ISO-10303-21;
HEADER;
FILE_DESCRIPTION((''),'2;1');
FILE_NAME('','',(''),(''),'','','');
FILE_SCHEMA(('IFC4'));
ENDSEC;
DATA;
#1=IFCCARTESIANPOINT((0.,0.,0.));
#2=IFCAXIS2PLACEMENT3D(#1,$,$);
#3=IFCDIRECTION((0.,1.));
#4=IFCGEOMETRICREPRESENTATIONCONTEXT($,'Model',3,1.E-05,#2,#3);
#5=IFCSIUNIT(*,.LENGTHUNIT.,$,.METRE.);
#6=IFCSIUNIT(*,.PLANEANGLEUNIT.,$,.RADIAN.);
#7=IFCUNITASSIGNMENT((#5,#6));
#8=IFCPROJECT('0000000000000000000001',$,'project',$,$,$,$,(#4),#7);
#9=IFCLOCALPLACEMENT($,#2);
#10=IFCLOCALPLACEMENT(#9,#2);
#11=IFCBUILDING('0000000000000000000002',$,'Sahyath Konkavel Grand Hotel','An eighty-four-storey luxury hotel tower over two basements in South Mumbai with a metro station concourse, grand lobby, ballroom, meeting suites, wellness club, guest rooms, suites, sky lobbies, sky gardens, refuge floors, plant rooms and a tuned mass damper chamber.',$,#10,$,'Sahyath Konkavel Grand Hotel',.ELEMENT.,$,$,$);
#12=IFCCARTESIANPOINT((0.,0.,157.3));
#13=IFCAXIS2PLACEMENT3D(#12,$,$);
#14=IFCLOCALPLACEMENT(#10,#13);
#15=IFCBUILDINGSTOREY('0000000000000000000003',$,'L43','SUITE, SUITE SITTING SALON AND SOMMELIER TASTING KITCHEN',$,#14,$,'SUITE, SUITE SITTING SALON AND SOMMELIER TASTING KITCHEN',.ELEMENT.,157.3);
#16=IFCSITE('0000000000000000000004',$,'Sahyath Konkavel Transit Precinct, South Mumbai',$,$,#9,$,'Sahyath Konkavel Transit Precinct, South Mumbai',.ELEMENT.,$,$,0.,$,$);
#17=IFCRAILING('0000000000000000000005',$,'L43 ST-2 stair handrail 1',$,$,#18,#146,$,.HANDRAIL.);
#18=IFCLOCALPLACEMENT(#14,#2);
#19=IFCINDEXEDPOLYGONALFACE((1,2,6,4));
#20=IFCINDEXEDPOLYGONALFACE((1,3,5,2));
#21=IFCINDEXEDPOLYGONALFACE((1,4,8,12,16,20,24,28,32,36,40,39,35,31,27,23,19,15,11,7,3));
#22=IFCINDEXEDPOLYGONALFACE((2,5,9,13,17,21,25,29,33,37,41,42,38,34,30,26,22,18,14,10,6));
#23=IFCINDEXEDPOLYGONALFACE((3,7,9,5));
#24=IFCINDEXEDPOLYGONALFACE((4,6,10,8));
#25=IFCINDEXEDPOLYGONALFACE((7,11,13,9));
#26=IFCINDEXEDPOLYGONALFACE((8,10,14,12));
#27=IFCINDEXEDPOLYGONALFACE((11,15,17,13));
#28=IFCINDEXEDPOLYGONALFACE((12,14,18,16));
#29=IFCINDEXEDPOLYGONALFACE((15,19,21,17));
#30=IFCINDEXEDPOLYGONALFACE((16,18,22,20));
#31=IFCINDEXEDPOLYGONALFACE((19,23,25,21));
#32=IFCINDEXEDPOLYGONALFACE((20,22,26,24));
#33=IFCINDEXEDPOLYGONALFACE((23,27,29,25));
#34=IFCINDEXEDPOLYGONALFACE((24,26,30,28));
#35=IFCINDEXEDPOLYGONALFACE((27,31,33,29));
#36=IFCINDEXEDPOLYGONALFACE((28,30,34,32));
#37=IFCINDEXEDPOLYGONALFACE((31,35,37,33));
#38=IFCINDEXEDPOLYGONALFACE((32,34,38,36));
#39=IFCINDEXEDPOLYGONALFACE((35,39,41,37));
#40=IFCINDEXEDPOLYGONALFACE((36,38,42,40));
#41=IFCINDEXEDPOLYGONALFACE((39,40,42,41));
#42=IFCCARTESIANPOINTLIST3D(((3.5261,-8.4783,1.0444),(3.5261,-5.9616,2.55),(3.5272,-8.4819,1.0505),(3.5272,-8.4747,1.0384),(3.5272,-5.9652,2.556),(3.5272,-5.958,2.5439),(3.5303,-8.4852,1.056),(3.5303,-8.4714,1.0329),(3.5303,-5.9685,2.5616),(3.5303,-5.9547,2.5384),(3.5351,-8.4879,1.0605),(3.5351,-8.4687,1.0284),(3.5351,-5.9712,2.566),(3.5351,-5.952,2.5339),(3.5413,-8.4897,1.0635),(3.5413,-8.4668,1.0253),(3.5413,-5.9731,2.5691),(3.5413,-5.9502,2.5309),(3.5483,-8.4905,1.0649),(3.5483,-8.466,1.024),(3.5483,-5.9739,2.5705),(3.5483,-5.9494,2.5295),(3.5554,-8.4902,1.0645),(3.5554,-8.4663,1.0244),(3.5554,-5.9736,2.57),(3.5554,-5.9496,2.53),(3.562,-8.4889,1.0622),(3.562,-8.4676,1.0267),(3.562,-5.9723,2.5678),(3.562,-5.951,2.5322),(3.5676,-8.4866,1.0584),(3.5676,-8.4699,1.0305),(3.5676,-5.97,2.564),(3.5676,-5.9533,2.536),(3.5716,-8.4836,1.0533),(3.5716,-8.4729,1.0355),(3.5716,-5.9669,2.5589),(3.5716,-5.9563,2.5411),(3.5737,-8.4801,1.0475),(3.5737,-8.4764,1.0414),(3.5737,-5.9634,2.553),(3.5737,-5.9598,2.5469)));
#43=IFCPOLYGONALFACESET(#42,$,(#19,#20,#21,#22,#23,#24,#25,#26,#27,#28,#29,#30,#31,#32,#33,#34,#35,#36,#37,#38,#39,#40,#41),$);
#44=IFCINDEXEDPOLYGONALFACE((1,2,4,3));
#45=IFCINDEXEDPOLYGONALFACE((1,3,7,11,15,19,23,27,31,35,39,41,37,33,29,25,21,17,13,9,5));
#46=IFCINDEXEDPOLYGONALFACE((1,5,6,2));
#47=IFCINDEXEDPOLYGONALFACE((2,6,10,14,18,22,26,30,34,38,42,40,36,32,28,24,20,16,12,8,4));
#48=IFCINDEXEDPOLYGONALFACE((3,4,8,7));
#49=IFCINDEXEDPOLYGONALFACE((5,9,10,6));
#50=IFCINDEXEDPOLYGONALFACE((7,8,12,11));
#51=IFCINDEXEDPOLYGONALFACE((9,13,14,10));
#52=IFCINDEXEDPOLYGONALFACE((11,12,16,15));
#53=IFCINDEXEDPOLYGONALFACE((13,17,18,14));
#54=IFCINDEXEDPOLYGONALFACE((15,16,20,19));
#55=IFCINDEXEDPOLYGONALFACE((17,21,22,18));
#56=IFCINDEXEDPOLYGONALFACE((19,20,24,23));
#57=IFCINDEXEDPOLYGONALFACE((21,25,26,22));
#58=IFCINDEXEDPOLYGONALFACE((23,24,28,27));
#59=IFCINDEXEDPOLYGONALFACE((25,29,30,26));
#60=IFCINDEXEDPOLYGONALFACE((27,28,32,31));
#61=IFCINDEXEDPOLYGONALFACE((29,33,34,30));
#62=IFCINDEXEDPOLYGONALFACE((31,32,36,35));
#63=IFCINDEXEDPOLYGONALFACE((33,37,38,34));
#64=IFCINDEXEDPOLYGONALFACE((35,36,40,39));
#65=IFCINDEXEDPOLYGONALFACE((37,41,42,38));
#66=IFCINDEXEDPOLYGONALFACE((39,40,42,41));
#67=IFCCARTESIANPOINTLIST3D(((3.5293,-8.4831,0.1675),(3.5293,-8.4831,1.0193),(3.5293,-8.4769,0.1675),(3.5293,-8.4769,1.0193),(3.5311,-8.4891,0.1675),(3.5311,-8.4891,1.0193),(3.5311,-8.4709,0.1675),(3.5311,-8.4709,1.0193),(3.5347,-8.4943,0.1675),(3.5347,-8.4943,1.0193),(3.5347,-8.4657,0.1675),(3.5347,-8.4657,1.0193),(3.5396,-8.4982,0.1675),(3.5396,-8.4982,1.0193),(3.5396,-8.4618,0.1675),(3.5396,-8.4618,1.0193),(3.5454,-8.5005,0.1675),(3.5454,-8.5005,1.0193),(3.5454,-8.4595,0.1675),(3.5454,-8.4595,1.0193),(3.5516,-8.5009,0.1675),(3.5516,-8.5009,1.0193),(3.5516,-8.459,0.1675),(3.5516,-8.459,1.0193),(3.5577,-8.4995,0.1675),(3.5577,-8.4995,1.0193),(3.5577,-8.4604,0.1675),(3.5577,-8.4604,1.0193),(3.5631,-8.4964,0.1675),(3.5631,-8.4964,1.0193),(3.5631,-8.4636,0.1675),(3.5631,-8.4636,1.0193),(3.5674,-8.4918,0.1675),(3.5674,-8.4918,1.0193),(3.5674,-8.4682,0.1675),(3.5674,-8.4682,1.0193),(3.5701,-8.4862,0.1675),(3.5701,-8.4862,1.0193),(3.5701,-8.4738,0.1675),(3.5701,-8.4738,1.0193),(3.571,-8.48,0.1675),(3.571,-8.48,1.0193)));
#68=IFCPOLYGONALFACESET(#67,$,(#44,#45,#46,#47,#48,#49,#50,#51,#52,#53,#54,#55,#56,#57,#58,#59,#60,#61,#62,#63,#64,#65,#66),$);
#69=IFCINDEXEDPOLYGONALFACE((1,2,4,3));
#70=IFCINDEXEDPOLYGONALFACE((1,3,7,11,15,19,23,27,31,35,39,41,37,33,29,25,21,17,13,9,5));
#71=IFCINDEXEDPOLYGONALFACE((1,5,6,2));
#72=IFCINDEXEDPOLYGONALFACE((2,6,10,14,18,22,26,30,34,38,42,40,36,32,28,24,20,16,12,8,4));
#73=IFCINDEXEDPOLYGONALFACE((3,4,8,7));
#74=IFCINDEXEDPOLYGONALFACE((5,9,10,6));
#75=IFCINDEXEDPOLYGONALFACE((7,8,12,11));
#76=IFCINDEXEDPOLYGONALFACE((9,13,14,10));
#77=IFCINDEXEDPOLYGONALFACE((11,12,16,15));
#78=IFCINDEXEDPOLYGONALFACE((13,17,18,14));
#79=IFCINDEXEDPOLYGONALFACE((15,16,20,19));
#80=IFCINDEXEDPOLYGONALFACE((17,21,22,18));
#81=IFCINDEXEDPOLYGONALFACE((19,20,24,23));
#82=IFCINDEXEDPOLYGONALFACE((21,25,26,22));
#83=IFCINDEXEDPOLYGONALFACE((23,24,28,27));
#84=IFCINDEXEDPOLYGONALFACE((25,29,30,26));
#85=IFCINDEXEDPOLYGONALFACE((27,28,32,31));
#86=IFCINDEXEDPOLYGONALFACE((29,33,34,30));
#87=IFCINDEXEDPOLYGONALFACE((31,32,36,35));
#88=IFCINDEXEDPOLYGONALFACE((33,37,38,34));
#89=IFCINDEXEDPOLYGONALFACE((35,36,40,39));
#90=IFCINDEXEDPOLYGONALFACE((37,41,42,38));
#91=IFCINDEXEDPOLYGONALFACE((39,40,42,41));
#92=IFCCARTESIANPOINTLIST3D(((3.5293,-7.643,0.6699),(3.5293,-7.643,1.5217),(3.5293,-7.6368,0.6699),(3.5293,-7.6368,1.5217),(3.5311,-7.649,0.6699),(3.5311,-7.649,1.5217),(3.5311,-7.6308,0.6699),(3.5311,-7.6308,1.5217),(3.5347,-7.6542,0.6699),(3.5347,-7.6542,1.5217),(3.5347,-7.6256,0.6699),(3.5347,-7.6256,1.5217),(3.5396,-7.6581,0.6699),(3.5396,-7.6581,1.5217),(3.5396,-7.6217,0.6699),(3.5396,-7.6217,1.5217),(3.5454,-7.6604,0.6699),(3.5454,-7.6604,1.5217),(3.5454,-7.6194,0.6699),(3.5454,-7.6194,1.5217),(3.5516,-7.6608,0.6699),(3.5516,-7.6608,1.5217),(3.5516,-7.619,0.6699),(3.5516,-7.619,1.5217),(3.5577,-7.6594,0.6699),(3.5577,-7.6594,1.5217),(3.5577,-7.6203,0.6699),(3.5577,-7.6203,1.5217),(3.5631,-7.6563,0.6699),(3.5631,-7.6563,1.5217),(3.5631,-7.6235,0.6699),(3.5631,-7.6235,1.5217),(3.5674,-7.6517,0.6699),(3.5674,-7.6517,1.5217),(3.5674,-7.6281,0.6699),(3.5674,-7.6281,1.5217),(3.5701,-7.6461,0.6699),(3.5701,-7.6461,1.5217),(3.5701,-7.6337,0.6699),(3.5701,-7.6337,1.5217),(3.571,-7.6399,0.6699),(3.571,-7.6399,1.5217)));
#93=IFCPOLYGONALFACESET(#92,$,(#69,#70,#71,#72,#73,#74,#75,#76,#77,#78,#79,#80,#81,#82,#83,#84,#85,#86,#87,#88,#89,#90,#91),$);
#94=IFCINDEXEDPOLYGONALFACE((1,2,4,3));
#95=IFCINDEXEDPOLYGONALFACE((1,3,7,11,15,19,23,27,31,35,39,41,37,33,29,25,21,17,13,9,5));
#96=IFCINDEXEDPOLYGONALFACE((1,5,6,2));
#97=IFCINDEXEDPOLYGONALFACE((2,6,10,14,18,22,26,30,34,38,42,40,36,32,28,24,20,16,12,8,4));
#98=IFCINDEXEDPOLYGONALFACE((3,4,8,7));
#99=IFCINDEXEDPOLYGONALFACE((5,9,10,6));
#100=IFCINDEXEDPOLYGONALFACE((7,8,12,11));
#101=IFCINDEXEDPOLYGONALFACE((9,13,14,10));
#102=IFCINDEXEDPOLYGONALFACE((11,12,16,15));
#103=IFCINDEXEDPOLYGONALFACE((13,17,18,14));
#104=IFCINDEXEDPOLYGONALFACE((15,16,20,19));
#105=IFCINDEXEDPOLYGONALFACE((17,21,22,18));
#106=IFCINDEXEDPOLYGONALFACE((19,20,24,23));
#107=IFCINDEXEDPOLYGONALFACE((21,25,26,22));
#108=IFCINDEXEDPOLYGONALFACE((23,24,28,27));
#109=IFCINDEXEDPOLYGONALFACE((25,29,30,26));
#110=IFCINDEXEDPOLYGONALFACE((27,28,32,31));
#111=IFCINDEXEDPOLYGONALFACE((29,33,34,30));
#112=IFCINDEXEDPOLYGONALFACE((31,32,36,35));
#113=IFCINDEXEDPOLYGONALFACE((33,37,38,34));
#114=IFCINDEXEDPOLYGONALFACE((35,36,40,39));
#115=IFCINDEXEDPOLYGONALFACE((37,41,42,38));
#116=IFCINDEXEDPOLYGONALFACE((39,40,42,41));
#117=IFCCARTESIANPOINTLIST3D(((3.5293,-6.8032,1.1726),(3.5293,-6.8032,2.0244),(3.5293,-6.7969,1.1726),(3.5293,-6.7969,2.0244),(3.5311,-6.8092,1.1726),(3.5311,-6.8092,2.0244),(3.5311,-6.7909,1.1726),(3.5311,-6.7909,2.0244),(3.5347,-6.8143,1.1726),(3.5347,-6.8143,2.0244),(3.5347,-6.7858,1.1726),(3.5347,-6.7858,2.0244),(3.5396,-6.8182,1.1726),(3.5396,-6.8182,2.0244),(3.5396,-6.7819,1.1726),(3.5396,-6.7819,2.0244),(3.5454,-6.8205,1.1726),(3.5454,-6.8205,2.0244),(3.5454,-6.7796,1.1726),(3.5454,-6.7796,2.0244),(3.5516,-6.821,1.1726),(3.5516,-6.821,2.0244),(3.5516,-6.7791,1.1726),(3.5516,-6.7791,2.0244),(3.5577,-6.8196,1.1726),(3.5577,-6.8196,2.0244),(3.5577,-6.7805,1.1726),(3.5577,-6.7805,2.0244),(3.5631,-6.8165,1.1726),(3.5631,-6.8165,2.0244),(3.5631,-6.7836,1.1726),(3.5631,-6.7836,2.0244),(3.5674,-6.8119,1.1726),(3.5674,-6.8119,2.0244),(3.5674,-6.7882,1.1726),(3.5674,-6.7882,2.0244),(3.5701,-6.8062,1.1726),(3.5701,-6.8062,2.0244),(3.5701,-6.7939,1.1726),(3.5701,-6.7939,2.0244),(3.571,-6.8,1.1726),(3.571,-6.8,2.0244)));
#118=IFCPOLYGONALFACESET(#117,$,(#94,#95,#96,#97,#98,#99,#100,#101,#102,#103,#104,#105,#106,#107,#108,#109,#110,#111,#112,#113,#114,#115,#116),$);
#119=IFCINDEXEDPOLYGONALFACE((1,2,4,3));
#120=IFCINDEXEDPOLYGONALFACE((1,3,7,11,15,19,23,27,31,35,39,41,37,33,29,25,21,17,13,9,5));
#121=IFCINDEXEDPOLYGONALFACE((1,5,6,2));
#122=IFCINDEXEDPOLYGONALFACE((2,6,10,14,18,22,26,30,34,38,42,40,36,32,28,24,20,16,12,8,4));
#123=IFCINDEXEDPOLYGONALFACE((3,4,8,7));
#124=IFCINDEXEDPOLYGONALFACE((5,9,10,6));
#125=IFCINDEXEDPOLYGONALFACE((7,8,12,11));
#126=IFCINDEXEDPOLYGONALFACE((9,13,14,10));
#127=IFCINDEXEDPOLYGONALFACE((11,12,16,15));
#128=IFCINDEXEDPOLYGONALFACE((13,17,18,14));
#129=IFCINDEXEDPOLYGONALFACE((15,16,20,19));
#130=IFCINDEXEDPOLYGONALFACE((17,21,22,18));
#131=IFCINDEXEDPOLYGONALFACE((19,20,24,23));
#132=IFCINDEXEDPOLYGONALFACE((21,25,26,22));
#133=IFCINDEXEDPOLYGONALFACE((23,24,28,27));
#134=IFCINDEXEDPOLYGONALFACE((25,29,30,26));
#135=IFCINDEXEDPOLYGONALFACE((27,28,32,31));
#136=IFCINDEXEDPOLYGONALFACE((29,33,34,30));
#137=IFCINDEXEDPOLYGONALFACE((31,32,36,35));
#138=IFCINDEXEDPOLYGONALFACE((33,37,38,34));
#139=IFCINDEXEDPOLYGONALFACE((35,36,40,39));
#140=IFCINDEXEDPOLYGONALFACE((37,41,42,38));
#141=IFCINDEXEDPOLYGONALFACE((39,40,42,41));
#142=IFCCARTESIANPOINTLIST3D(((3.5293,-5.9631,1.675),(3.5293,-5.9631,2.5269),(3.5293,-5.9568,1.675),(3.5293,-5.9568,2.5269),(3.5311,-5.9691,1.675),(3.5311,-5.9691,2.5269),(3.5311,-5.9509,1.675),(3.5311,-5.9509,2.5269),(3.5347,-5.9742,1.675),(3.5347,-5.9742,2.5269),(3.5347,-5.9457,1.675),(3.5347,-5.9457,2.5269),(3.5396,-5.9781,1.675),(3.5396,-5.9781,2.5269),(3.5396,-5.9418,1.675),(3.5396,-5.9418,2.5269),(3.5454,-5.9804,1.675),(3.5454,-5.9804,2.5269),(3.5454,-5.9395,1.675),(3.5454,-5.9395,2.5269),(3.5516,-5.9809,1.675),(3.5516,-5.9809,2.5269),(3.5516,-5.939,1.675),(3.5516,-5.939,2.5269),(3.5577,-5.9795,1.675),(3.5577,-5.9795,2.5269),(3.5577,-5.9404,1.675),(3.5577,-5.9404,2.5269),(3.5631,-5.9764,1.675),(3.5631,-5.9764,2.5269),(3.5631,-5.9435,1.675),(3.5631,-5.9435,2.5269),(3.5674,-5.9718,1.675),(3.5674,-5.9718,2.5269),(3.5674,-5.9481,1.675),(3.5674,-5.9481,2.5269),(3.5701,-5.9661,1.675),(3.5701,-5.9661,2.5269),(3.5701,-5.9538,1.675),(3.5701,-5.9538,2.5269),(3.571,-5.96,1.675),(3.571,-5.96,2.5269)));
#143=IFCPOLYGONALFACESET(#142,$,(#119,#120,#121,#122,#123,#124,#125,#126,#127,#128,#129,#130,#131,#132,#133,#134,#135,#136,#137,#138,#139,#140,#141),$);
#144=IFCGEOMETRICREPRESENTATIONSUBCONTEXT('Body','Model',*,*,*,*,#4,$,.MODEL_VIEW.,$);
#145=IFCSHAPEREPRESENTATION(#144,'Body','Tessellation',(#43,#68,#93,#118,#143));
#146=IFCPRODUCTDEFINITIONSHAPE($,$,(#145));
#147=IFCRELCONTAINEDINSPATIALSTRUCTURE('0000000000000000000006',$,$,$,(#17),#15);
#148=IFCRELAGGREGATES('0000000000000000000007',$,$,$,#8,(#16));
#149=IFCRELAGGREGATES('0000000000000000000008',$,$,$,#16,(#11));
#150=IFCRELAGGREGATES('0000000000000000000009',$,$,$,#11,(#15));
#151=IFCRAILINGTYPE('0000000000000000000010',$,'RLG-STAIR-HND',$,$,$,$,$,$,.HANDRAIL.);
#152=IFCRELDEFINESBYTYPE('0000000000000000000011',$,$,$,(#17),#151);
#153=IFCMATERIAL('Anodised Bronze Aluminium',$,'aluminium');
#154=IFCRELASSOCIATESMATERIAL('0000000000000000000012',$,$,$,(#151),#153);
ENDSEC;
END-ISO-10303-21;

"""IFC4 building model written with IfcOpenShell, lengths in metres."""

from ifc_helpers import new_model, si_unit, direction, frame, origin, origin_2d, place, context, subcontext, project, spatial, circle, extrude, material, type_object, element, save


model = new_model("IFC4")

# Units and contexts
model_context = context("Model", 3, precision=1e-05, world=origin(), true_north=direction((0.0, 1.0)))
body_context = subcontext(model_context, "Body", "Model", "MODEL_VIEW")
ifc_project = project(units=[si_unit("LENGTHUNIT", "METRE"), si_unit("PLANEANGLEUNIT", "RADIAN")], contexts=[model_context])

# Site, building, storey
site_placement = place(None, origin())
site = spatial("IfcSite", under=ifc_project, at=site_placement, Name="Sahyath Konkavel Transit Precinct, South Mumbai", LongName="Sahyath Konkavel Transit Precinct, South Mumbai", CompositionType="ELEMENT", RefElevation=0.0)
building_placement = place(site_placement, origin())
building = spatial("IfcBuilding", under=site, at=building_placement, Name="Sahyath Konkavel Grand Hotel", Description="An eighty-four-storey luxury hotel tower over two basements in South Mumbai with a metro station concourse, grand lobby, ballroom, meeting suites, wellness club, guest rooms, suites, sky lobbies, sky gardens, refuge floors, plant rooms and a tuned mass damper chamber.", LongName="Sahyath Konkavel Grand Hotel", CompositionType="ELEMENT")
storey_placement = place(building_placement, frame((0.0, 0.0, 157.3)))
storey = spatial("IfcBuildingStorey", under=building, at=storey_placement, Name="L43", Description="SUITE, SUITE SITTING SALON AND SOMMELIER TASTING KITCHEN", LongName="SUITE, SUITE SITTING SALON AND SOMMELIER TASTING KITCHEN", CompositionType="ELEMENT", Elevation=157.3)

# Railing
ifc_material_1 = material(Name="Anodised Bronze Aluminium", Category="aluminium")
railing_type_1 = type_object("IfcRailingType", Name="RLG-STAIR-HND", PredefinedType="HANDRAIL", material=ifc_material_1)
railing_1_placement = place(storey_placement, frame((3.55, -8.48, 0.1675)))
element("IfcRailing", 1, at=railing_1_placement, inside=storey, type_object=railing_type_1, Name="L43 ST-2 stair handrail 1", PredefinedType="HANDRAIL", context=body_context, shape_type="SweptSolid", body=[
    extrude(circle(Radius=0.0239, at=origin_2d()), frame((0.0, 0.0017, 0.877), z_axis=(0.0, 0.85816, 0.513383), x_axis=(-1.0, 0.0, 0.0)), (0.0, 0.0, 1.0), 2.9326),
    extrude(circle(Radius=0.021, at=origin_2d()), origin(), (0.0, 0.0, 1.0), 0.8518),
    extrude(circle(Radius=0.021, at=origin_2d()), frame((0.0, 0.8401, 0.5024)), (0.0, 0.0, 1.0), 0.8518),
    extrude(circle(Radius=0.021, at=origin_2d()), frame((0.0, 1.6799, 1.0051)), (0.0, 0.0, 1.0), 0.8518),
    extrude(circle(Radius=0.021, at=origin_2d()), frame((0.0, 2.52, 1.5076)), (0.0, 0.0, 1.0), 0.8518),
])

save(model, "model.ifc")
